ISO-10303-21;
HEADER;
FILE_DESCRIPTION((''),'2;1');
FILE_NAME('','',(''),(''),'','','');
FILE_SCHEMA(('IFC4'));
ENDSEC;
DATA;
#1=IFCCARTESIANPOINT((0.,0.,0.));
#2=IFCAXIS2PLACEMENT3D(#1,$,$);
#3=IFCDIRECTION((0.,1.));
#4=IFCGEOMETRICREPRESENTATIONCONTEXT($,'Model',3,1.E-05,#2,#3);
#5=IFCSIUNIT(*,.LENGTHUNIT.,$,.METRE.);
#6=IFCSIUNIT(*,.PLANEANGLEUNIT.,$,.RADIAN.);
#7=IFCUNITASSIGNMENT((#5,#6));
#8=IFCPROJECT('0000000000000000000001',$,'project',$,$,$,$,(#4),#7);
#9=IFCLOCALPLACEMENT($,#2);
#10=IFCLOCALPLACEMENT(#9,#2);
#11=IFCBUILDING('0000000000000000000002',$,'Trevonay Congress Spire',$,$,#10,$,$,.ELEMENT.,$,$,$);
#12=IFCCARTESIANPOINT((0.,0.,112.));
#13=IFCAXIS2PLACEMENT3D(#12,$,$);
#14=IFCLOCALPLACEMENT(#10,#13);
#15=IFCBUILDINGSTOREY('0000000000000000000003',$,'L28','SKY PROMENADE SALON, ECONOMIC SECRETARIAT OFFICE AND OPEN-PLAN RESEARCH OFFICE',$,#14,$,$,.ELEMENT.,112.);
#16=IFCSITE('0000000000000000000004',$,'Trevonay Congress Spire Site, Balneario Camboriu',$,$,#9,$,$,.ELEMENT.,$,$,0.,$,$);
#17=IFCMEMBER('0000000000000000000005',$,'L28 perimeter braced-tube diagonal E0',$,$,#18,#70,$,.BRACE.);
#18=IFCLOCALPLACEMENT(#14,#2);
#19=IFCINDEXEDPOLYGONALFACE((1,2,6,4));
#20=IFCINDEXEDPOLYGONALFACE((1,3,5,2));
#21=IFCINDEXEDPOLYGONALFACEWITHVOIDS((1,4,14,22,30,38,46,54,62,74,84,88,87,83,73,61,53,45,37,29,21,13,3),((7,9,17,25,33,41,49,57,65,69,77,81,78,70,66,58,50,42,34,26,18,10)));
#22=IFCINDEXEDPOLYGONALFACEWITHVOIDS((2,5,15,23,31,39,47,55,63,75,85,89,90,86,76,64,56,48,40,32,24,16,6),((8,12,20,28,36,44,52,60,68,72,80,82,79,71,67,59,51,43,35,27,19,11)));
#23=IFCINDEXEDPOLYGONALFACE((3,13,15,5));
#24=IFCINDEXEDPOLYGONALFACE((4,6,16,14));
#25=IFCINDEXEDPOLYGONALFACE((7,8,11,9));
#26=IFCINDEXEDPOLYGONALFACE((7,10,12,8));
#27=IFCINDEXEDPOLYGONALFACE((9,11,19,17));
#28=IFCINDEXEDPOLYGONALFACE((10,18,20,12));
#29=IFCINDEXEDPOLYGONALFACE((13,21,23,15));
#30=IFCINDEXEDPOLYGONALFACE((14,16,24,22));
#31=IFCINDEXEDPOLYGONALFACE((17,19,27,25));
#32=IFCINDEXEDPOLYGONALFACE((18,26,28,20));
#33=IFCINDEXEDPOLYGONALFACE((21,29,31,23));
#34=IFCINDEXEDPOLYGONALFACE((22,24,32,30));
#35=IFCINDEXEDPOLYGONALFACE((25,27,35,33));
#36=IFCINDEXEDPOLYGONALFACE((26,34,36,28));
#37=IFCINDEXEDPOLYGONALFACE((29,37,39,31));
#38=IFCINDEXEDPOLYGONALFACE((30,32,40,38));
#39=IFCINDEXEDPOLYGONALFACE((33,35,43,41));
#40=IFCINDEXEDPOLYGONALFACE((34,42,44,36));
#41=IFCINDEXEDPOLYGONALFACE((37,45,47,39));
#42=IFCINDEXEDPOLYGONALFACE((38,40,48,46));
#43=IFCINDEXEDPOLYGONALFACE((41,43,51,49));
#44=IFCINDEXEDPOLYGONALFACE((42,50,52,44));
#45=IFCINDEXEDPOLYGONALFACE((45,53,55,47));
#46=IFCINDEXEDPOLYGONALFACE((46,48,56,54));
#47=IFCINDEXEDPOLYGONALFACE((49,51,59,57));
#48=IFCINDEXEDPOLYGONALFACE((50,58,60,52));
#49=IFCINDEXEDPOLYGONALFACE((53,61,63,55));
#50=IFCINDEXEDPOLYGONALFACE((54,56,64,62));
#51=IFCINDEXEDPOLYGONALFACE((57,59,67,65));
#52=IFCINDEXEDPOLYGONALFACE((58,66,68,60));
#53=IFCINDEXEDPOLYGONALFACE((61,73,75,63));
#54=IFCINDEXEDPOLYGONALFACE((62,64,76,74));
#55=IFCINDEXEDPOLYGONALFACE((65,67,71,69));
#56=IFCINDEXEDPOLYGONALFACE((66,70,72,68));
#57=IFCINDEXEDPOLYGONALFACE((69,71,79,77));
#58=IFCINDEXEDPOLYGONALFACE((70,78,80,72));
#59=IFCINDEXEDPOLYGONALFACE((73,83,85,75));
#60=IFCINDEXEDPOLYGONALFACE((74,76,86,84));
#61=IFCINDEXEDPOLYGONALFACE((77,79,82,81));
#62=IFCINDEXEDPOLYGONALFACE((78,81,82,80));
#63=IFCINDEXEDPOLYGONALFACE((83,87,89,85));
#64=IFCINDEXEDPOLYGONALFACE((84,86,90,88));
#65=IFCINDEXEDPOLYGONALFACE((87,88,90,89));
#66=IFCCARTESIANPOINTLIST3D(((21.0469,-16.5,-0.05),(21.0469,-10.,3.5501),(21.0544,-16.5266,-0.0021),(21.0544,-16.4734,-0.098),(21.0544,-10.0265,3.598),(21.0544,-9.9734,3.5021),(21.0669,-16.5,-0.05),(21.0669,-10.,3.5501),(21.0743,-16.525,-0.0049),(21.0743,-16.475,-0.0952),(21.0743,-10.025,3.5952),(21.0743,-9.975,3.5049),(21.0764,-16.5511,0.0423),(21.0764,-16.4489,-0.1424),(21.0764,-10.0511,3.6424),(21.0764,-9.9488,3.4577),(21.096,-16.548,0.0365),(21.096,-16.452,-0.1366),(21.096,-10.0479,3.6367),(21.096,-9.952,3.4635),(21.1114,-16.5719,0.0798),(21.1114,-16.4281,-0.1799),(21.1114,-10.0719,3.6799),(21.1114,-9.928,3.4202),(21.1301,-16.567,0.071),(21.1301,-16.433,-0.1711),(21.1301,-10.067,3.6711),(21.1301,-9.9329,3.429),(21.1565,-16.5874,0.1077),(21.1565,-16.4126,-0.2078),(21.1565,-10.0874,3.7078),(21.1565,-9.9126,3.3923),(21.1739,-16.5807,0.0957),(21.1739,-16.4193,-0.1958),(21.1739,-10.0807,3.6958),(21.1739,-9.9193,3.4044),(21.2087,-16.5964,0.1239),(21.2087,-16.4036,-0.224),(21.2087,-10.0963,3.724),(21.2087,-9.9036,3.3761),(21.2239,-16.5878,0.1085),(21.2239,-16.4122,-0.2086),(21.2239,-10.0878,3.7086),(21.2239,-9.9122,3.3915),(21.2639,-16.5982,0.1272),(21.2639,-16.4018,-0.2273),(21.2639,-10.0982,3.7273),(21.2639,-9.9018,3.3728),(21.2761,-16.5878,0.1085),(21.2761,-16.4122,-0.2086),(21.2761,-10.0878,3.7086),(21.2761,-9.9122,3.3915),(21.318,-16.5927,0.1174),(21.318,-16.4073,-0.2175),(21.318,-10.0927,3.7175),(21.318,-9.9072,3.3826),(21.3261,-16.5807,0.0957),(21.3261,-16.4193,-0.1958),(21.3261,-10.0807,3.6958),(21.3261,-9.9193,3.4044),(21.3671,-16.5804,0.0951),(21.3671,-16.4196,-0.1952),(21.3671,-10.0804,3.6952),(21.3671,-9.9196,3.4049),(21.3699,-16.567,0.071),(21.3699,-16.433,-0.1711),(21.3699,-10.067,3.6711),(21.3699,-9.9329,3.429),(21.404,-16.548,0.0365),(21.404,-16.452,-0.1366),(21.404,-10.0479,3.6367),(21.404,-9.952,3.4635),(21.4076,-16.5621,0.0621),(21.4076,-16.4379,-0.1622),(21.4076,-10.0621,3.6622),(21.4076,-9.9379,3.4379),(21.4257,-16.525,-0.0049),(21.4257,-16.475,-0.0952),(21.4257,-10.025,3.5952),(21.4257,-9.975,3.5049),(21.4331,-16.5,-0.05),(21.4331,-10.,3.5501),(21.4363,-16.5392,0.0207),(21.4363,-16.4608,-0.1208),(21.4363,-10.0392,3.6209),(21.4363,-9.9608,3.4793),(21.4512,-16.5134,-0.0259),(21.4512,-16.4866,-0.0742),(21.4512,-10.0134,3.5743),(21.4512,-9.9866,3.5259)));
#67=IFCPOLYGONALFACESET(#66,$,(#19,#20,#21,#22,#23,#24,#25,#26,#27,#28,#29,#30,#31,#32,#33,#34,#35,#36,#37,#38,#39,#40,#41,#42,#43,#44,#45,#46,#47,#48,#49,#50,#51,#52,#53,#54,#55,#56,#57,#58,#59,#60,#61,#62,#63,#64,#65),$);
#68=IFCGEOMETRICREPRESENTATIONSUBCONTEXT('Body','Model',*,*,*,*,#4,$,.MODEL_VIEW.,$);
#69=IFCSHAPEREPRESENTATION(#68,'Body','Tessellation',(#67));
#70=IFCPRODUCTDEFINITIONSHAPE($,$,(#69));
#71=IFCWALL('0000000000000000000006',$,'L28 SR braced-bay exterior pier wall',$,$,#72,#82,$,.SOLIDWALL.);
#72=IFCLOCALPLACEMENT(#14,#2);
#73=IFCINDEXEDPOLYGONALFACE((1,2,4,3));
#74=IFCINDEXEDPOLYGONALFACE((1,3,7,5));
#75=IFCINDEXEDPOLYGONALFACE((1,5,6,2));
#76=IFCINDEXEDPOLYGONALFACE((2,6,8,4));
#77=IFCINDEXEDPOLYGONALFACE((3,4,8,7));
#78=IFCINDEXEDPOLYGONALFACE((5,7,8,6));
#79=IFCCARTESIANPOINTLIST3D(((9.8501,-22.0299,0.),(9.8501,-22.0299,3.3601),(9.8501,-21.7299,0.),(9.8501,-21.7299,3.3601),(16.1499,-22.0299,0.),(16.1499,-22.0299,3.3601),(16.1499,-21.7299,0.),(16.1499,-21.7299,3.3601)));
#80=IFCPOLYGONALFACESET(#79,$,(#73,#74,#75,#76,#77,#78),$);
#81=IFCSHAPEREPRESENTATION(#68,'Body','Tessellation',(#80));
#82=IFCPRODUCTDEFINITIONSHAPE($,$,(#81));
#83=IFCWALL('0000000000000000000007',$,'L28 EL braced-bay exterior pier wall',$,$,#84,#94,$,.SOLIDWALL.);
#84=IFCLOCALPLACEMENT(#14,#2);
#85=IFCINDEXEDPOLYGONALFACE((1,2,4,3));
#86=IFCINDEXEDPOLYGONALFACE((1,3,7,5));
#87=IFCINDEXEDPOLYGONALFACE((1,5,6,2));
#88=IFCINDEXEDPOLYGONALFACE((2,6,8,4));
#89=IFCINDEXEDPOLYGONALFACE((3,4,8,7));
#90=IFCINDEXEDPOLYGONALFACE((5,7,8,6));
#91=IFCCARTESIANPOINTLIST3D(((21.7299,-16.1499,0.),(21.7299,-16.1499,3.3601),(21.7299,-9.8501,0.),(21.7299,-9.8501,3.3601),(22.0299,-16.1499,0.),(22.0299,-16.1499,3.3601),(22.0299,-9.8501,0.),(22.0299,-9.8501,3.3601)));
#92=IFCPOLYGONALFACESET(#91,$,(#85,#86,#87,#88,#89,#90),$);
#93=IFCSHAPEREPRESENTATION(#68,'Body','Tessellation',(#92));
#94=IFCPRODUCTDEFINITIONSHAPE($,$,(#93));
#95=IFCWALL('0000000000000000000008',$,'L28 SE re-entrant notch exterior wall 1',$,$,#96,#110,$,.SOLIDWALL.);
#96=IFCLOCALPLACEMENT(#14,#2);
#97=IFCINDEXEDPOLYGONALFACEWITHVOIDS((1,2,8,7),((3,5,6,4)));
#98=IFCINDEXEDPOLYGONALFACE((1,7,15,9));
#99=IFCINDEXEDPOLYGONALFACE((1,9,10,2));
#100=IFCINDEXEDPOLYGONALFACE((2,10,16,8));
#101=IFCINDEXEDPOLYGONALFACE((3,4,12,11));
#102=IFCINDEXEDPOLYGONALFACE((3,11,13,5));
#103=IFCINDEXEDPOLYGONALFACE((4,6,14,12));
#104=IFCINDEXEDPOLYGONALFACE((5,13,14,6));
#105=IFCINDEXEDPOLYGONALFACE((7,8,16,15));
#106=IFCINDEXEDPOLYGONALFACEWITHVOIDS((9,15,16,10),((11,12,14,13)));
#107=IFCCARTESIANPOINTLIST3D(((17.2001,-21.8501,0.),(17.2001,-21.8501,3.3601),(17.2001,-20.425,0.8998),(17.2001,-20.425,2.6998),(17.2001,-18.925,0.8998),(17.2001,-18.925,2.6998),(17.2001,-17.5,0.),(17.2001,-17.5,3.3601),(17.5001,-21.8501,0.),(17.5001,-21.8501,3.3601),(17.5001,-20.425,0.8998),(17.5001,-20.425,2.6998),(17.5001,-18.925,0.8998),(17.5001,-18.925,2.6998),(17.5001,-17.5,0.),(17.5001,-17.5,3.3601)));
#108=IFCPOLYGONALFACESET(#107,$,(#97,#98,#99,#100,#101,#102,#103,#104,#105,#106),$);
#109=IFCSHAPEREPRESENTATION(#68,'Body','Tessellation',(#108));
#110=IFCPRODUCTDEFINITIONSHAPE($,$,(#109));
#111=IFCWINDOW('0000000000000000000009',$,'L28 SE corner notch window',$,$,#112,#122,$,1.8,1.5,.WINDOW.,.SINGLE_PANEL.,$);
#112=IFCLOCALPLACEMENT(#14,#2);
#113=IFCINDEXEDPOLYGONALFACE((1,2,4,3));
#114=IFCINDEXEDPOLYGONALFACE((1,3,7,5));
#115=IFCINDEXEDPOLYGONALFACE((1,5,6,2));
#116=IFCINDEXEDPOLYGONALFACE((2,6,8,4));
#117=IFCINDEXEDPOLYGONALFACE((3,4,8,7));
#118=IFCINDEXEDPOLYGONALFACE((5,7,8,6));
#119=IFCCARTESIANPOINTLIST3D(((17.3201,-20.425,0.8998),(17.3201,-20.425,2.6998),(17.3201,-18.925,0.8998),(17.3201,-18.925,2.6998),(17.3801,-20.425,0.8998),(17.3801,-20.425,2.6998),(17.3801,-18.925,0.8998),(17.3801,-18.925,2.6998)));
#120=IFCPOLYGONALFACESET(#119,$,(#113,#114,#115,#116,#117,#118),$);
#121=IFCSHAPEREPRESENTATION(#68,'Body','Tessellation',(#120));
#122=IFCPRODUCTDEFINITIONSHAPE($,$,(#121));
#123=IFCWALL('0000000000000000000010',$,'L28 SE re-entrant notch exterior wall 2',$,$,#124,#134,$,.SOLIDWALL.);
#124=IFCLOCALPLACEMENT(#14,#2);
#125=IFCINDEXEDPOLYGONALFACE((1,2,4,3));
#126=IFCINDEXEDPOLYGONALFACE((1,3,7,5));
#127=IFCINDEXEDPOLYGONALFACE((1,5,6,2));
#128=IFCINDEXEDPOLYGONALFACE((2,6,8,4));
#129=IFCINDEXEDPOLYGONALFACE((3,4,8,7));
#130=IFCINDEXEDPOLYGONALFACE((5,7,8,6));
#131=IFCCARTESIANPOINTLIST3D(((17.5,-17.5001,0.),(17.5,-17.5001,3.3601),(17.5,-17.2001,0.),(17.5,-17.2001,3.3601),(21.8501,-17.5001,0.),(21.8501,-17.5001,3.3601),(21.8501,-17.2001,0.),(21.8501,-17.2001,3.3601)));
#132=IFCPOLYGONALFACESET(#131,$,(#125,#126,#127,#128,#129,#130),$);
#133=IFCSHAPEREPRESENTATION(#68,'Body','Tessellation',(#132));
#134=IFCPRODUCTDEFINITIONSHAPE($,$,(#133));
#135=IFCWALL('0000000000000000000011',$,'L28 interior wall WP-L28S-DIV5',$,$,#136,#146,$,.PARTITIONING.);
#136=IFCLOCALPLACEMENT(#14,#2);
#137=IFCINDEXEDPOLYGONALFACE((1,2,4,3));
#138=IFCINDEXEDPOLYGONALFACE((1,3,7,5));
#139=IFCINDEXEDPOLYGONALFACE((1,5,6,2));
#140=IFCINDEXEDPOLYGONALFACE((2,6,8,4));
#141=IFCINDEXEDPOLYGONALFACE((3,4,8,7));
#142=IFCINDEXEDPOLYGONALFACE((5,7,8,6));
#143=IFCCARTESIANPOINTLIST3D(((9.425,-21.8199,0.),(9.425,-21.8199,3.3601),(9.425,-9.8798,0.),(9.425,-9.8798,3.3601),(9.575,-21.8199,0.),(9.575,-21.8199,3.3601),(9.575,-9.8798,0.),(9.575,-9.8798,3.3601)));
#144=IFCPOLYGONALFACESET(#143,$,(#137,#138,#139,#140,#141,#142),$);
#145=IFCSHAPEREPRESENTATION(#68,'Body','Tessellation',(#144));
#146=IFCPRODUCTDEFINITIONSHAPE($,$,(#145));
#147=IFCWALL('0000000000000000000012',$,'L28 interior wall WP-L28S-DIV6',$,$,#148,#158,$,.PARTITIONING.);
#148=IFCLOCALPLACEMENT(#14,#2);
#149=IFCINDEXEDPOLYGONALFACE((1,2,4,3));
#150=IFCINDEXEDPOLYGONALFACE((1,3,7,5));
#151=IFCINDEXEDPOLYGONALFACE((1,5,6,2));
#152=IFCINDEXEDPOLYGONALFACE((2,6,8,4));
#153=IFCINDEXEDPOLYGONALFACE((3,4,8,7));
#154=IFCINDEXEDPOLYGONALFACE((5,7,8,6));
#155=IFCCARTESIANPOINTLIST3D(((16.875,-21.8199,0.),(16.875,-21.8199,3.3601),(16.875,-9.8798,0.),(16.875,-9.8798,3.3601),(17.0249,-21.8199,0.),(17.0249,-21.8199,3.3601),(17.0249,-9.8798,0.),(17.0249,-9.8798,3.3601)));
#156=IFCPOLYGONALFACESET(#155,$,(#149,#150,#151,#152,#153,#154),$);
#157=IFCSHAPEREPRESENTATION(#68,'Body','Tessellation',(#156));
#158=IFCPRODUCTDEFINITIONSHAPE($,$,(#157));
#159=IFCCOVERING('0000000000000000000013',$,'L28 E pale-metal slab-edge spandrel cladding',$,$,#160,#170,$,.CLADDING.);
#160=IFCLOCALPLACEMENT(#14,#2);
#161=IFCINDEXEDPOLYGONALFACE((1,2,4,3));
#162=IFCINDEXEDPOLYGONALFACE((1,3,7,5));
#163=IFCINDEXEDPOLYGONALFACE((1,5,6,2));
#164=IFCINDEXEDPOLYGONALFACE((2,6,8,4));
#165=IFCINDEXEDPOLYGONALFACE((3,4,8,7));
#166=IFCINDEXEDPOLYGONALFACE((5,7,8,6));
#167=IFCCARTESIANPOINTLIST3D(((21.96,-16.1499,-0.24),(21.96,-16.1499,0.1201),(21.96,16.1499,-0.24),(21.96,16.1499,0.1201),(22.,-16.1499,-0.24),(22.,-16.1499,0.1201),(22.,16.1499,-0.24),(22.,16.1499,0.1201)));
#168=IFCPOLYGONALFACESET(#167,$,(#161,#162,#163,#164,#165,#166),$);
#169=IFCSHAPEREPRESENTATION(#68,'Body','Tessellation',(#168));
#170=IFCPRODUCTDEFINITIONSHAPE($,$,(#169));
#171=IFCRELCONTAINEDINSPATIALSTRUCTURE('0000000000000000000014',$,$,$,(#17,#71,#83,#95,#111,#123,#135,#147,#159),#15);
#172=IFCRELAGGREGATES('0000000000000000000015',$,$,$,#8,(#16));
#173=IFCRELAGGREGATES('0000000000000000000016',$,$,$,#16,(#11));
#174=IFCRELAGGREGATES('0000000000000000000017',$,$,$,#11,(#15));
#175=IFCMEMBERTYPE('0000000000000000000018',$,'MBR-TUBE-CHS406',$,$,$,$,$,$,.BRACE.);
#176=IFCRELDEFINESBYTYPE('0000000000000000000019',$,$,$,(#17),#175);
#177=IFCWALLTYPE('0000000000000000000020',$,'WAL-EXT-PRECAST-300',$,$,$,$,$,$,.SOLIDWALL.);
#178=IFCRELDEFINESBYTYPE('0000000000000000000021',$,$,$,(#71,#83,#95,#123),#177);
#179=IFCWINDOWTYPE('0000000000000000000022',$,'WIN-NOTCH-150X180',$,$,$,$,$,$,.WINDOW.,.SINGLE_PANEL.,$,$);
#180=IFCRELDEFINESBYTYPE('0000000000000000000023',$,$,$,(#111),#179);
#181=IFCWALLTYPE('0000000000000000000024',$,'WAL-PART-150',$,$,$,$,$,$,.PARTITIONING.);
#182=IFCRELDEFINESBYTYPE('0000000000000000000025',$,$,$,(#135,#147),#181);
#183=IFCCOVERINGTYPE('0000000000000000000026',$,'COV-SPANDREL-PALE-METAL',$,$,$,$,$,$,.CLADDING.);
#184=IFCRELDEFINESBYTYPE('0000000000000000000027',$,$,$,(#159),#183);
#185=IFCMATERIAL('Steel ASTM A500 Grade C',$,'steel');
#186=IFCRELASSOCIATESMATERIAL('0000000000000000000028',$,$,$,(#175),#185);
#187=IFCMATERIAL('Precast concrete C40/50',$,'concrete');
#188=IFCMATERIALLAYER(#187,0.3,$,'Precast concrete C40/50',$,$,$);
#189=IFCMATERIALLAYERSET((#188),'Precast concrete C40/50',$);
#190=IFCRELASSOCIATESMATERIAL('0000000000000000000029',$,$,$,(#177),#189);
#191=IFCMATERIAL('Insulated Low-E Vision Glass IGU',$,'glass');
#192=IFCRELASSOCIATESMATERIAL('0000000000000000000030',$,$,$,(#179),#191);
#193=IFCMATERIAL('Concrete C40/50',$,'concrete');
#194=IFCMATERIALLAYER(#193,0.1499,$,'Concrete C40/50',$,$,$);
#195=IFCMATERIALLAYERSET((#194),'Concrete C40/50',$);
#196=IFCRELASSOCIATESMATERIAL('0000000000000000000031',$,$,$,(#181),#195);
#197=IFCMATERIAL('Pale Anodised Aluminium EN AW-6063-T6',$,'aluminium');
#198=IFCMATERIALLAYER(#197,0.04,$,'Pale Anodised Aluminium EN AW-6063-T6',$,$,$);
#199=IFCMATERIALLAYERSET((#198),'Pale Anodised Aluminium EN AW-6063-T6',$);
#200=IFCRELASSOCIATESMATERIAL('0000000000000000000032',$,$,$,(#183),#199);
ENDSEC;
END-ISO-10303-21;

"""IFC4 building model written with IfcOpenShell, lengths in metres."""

from ifc_helpers import new_model, si_unit, direction, frame, frame_2d, origin, origin_2d, place, context, subcontext, project, spatial, rectangle, hollow_circle, extrude, material, layer, layer_set, material_profile, profile_set, type_object, element, fill, save


model = new_model("IFC4")

# Units and contexts
model_context = context("Model", 3, precision=1e-05, world=origin(), true_north=direction((0.0, 1.0)))
body_context = subcontext(model_context, "Body", "Model", "MODEL_VIEW")
ifc_project = project(units=[si_unit("LENGTHUNIT", "METRE"), si_unit("PLANEANGLEUNIT", "RADIAN")], contexts=[model_context])

# Site, building, storey
site_placement = place(None, origin())
site = spatial("IfcSite", under=ifc_project, at=site_placement, Name="Trevonay Congress Spire Site, Balneario Camboriu", CompositionType="ELEMENT", RefElevation=0.0)
building_placement = place(site_placement, origin())
building = spatial("IfcBuilding", under=site, at=building_placement, Name="Trevonay Congress Spire", CompositionType="ELEMENT")
storey_placement = place(building_placement, frame((0.0, 0.0, 112.0)))
storey = spatial("IfcBuildingStorey", under=building, at=storey_placement, Name="L28", Description="SKY PROMENADE SALON, ECONOMIC SECRETARIAT OFFICE AND OPEN-PLAN RESEARCH OFFICE", CompositionType="ELEMENT", Elevation=112.0)

# Shared definitions
ifc_material_1 = material(Name="Pale Anodised Aluminium EN AW-6063-T6", Category="aluminium")

# Member
ifc_material_2 = material(Name="Steel ASTM A500 Grade C", Category="steel")
ifc_material_profile_1 = material_profile(ifc_material_2, hollow_circle(Radius=0.2031, WallThickness=0.02, at=origin_2d()), Name="CHS 406.4x20")
ifc_profile_set_1 = profile_set([ifc_material_profile_1], Name="Steel ASTM A500 Grade C")
member_type_1 = type_object("IfcMemberType", Name="MBR-TUBE-CHS406", PredefinedType="BRACE", material=ifc_profile_set_1)
for number, where, z_axis, x_axis, name in (
    (1, (21.25, -16.5, -0.05), (0.0, 0.874786, 0.48451), (-1.0, 0.0, 0.0), "L28 perimeter braced-tube diagonal E0"),
):
    element("IfcMember", number, at=place(storey_placement, frame(where, z_axis=z_axis, x_axis=x_axis)), inside=storey, type_object=member_type_1, Name=name, PredefinedType="BRACE", context=body_context, shape_type="SweptSolid", body=[
        extrude(hollow_circle(Radius=0.2031, WallThickness=0.02, at=origin_2d()), origin(), (0.0, 0.0, 1.0), 7.4304),
    ])

# Walls
ifc_material_3 = material(Name="Precast concrete C40/50", Category="concrete")
ifc_layer_1 = layer(ifc_material_3, 0.3, Name="Precast concrete C40/50")
ifc_layer_set_1 = layer_set([ifc_layer_1], Name="Precast concrete C40/50")
wall_type_1 = type_object("IfcWallType", Name="WAL-EXT-PRECAST-300", PredefinedType="SOLIDWALL", material=ifc_layer_set_1)
for number, where, z_axis, x_axis, name in (
    (2, (9.8501, -21.8799, 0.0), (0.0, 0.0, 1.0), (1.0, 0.0, 0.0), "L28 SR braced-bay exterior pier wall"),
    (3, (21.8799, -16.1499, 0.0), (0.0, 0.0, 1.0), (0.0, 1.0, 0.0), "L28 EL braced-bay exterior pier wall"),
):
    element("IfcWall", number, at=place(storey_placement, frame(where, z_axis=z_axis, x_axis=x_axis)), inside=storey, type_object=wall_type_1, Name=name, PredefinedType="SOLIDWALL", context=body_context, shape_type="SweptSolid", body=[
        extrude(rectangle(XDim=6.2998, YDim=0.3, at=frame_2d((3.1499, 0.0))), origin(), (0.0, 0.0, 1.0), 3.3601),
    ])

# Wall, opening, window
wall_1_placement = place(storey_placement, frame((17.3501, -21.8501, 0.0), z_axis=(0.0, 0.0, 1.0), x_axis=(0.0, 1.0, 0.0)))
wall_1 = element("IfcWall", 4, at=wall_1_placement, inside=storey, type_object=wall_type_1, Name="L28 SE re-entrant notch exterior wall 1", PredefinedType="SOLIDWALL", context=body_context, shape_type="SweptSolid", body=[
    extrude(rectangle(XDim=4.3501, YDim=0.3, at=frame_2d((2.175, 0.0))), origin(), (0.0, 0.0, 1.0), 3.3601),
])
opening_placement = place(wall_1_placement, frame((1.425, 0.0, 0.8999)))
opening = element("IfcOpeningElement", 5, at=opening_placement, cuts=wall_1, PredefinedType="OPENING", context=body_context, shape_type="SweptSolid", body=[
    extrude(rectangle(XDim=1.5, YDim=1.8, at=frame_2d((0.75, 0.8999))), frame((0.0, 0.1602, 0.0), z_axis=(0.0, -1.0, 0.0), x_axis=(1.0, 0.0, 0.0)), (0.0, 0.0, 1.0), 0.3201),
])
ifc_material_4 = material(Name="Insulated Low-E Vision Glass IGU", Category="glass")
window_type = type_object("IfcWindowType", Name="WIN-NOTCH-150X180", PartitioningType="SINGLE_PANEL", PredefinedType="WINDOW", material=ifc_material_4)
window_placement = place(opening_placement, origin())
window = element("IfcWindow", 6, at=window_placement, inside=storey, type_object=window_type, Name="L28 SE corner notch window", OverallHeight=1.8, OverallWidth=1.5, PartitioningType="SINGLE_PANEL", PredefinedType="WINDOW", context=body_context, shape_type="SweptSolid", body=[
    extrude(rectangle(XDim=1.5, YDim=1.8, at=frame_2d((0.75, 0.8999))), frame((0.0, 0.03, 0.0), z_axis=(0.0, -1.0, 0.0), x_axis=(1.0, 0.0, 0.0)), (0.0, 0.0, 1.0), 0.0601),
])
fill(opening, window)

# Walls
wall_2_placement = place(storey_placement, frame((21.8501, -17.3501, 0.0), z_axis=(0.0, 0.0, 1.0), x_axis=(-1.0, 0.0, 0.0)))
element("IfcWall", 7, at=wall_2_placement, inside=storey, type_object=wall_type_1, Name="L28 SE re-entrant notch exterior wall 2", PredefinedType="SOLIDWALL", context=body_context, shape_type="SweptSolid", body=[
    extrude(rectangle(XDim=4.3501, YDim=0.3, at=frame_2d((2.175, 0.0))), origin(), (0.0, 0.0, 1.0), 3.3601),
])
ifc_material_5 = material(Name="Concrete C40/50", Category="concrete")
ifc_layer_2 = layer(ifc_material_5, 0.1499, Name="Concrete C40/50")
ifc_layer_set_2 = layer_set([ifc_layer_2], Name="Concrete C40/50")
wall_type_2 = type_object("IfcWallType", Name="WAL-PART-150", PredefinedType="PARTITIONING", material=ifc_layer_set_2)
for number, where, z_axis, x_axis, name in (
    (8, (9.5, -21.8201, 0.0), (0.0, 0.0, 1.0), (0.0, 1.0, 0.0), "L28 interior wall WP-L28S-DIV5"),
    (9, (16.95, -21.8201, 0.0), (0.0, 0.0, 1.0), (0.0, 1.0, 0.0), "L28 interior wall WP-L28S-DIV6"),
):
    element("IfcWall", number, at=place(storey_placement, frame(where, z_axis=z_axis, x_axis=x_axis)), inside=storey, type_object=wall_type_2, Name=name, PredefinedType="PARTITIONING", context=body_context, shape_type="SweptSolid", body=[
        extrude(rectangle(XDim=11.9402, YDim=0.1499, at=frame_2d((5.9702, 0.0))), origin(), (0.0, 0.0, 1.0), 3.3601),
    ])

# Covering
ifc_layer_3 = layer(ifc_material_1, 0.04, Name="Pale Anodised Aluminium EN AW-6063-T6")
ifc_layer_set_3 = layer_set([ifc_layer_3], Name="Pale Anodised Aluminium EN AW-6063-T6")
covering_type = type_object("IfcCoveringType", Name="COV-SPANDREL-PALE-METAL", PredefinedType="CLADDING", material=ifc_layer_set_3)
covering_placement = place(storey_placement, frame((21.98, -16.1499, -0.24), z_axis=(0.0, 0.0, 1.0), x_axis=(0.0, 1.0, 0.0)))
element("IfcCovering", 10, at=covering_placement, inside=storey, type_object=covering_type, Name="L28 E pale-metal slab-edge spandrel cladding", PredefinedType="CLADDING", context=body_context, shape_type="SweptSolid", body=[
    extrude(rectangle(XDim=32.2998, YDim=0.04, at=frame_2d((16.1499, 0.0))), origin(), (0.0, 0.0, 1.0), 0.3601),
])

save(model, "model.ifc")
